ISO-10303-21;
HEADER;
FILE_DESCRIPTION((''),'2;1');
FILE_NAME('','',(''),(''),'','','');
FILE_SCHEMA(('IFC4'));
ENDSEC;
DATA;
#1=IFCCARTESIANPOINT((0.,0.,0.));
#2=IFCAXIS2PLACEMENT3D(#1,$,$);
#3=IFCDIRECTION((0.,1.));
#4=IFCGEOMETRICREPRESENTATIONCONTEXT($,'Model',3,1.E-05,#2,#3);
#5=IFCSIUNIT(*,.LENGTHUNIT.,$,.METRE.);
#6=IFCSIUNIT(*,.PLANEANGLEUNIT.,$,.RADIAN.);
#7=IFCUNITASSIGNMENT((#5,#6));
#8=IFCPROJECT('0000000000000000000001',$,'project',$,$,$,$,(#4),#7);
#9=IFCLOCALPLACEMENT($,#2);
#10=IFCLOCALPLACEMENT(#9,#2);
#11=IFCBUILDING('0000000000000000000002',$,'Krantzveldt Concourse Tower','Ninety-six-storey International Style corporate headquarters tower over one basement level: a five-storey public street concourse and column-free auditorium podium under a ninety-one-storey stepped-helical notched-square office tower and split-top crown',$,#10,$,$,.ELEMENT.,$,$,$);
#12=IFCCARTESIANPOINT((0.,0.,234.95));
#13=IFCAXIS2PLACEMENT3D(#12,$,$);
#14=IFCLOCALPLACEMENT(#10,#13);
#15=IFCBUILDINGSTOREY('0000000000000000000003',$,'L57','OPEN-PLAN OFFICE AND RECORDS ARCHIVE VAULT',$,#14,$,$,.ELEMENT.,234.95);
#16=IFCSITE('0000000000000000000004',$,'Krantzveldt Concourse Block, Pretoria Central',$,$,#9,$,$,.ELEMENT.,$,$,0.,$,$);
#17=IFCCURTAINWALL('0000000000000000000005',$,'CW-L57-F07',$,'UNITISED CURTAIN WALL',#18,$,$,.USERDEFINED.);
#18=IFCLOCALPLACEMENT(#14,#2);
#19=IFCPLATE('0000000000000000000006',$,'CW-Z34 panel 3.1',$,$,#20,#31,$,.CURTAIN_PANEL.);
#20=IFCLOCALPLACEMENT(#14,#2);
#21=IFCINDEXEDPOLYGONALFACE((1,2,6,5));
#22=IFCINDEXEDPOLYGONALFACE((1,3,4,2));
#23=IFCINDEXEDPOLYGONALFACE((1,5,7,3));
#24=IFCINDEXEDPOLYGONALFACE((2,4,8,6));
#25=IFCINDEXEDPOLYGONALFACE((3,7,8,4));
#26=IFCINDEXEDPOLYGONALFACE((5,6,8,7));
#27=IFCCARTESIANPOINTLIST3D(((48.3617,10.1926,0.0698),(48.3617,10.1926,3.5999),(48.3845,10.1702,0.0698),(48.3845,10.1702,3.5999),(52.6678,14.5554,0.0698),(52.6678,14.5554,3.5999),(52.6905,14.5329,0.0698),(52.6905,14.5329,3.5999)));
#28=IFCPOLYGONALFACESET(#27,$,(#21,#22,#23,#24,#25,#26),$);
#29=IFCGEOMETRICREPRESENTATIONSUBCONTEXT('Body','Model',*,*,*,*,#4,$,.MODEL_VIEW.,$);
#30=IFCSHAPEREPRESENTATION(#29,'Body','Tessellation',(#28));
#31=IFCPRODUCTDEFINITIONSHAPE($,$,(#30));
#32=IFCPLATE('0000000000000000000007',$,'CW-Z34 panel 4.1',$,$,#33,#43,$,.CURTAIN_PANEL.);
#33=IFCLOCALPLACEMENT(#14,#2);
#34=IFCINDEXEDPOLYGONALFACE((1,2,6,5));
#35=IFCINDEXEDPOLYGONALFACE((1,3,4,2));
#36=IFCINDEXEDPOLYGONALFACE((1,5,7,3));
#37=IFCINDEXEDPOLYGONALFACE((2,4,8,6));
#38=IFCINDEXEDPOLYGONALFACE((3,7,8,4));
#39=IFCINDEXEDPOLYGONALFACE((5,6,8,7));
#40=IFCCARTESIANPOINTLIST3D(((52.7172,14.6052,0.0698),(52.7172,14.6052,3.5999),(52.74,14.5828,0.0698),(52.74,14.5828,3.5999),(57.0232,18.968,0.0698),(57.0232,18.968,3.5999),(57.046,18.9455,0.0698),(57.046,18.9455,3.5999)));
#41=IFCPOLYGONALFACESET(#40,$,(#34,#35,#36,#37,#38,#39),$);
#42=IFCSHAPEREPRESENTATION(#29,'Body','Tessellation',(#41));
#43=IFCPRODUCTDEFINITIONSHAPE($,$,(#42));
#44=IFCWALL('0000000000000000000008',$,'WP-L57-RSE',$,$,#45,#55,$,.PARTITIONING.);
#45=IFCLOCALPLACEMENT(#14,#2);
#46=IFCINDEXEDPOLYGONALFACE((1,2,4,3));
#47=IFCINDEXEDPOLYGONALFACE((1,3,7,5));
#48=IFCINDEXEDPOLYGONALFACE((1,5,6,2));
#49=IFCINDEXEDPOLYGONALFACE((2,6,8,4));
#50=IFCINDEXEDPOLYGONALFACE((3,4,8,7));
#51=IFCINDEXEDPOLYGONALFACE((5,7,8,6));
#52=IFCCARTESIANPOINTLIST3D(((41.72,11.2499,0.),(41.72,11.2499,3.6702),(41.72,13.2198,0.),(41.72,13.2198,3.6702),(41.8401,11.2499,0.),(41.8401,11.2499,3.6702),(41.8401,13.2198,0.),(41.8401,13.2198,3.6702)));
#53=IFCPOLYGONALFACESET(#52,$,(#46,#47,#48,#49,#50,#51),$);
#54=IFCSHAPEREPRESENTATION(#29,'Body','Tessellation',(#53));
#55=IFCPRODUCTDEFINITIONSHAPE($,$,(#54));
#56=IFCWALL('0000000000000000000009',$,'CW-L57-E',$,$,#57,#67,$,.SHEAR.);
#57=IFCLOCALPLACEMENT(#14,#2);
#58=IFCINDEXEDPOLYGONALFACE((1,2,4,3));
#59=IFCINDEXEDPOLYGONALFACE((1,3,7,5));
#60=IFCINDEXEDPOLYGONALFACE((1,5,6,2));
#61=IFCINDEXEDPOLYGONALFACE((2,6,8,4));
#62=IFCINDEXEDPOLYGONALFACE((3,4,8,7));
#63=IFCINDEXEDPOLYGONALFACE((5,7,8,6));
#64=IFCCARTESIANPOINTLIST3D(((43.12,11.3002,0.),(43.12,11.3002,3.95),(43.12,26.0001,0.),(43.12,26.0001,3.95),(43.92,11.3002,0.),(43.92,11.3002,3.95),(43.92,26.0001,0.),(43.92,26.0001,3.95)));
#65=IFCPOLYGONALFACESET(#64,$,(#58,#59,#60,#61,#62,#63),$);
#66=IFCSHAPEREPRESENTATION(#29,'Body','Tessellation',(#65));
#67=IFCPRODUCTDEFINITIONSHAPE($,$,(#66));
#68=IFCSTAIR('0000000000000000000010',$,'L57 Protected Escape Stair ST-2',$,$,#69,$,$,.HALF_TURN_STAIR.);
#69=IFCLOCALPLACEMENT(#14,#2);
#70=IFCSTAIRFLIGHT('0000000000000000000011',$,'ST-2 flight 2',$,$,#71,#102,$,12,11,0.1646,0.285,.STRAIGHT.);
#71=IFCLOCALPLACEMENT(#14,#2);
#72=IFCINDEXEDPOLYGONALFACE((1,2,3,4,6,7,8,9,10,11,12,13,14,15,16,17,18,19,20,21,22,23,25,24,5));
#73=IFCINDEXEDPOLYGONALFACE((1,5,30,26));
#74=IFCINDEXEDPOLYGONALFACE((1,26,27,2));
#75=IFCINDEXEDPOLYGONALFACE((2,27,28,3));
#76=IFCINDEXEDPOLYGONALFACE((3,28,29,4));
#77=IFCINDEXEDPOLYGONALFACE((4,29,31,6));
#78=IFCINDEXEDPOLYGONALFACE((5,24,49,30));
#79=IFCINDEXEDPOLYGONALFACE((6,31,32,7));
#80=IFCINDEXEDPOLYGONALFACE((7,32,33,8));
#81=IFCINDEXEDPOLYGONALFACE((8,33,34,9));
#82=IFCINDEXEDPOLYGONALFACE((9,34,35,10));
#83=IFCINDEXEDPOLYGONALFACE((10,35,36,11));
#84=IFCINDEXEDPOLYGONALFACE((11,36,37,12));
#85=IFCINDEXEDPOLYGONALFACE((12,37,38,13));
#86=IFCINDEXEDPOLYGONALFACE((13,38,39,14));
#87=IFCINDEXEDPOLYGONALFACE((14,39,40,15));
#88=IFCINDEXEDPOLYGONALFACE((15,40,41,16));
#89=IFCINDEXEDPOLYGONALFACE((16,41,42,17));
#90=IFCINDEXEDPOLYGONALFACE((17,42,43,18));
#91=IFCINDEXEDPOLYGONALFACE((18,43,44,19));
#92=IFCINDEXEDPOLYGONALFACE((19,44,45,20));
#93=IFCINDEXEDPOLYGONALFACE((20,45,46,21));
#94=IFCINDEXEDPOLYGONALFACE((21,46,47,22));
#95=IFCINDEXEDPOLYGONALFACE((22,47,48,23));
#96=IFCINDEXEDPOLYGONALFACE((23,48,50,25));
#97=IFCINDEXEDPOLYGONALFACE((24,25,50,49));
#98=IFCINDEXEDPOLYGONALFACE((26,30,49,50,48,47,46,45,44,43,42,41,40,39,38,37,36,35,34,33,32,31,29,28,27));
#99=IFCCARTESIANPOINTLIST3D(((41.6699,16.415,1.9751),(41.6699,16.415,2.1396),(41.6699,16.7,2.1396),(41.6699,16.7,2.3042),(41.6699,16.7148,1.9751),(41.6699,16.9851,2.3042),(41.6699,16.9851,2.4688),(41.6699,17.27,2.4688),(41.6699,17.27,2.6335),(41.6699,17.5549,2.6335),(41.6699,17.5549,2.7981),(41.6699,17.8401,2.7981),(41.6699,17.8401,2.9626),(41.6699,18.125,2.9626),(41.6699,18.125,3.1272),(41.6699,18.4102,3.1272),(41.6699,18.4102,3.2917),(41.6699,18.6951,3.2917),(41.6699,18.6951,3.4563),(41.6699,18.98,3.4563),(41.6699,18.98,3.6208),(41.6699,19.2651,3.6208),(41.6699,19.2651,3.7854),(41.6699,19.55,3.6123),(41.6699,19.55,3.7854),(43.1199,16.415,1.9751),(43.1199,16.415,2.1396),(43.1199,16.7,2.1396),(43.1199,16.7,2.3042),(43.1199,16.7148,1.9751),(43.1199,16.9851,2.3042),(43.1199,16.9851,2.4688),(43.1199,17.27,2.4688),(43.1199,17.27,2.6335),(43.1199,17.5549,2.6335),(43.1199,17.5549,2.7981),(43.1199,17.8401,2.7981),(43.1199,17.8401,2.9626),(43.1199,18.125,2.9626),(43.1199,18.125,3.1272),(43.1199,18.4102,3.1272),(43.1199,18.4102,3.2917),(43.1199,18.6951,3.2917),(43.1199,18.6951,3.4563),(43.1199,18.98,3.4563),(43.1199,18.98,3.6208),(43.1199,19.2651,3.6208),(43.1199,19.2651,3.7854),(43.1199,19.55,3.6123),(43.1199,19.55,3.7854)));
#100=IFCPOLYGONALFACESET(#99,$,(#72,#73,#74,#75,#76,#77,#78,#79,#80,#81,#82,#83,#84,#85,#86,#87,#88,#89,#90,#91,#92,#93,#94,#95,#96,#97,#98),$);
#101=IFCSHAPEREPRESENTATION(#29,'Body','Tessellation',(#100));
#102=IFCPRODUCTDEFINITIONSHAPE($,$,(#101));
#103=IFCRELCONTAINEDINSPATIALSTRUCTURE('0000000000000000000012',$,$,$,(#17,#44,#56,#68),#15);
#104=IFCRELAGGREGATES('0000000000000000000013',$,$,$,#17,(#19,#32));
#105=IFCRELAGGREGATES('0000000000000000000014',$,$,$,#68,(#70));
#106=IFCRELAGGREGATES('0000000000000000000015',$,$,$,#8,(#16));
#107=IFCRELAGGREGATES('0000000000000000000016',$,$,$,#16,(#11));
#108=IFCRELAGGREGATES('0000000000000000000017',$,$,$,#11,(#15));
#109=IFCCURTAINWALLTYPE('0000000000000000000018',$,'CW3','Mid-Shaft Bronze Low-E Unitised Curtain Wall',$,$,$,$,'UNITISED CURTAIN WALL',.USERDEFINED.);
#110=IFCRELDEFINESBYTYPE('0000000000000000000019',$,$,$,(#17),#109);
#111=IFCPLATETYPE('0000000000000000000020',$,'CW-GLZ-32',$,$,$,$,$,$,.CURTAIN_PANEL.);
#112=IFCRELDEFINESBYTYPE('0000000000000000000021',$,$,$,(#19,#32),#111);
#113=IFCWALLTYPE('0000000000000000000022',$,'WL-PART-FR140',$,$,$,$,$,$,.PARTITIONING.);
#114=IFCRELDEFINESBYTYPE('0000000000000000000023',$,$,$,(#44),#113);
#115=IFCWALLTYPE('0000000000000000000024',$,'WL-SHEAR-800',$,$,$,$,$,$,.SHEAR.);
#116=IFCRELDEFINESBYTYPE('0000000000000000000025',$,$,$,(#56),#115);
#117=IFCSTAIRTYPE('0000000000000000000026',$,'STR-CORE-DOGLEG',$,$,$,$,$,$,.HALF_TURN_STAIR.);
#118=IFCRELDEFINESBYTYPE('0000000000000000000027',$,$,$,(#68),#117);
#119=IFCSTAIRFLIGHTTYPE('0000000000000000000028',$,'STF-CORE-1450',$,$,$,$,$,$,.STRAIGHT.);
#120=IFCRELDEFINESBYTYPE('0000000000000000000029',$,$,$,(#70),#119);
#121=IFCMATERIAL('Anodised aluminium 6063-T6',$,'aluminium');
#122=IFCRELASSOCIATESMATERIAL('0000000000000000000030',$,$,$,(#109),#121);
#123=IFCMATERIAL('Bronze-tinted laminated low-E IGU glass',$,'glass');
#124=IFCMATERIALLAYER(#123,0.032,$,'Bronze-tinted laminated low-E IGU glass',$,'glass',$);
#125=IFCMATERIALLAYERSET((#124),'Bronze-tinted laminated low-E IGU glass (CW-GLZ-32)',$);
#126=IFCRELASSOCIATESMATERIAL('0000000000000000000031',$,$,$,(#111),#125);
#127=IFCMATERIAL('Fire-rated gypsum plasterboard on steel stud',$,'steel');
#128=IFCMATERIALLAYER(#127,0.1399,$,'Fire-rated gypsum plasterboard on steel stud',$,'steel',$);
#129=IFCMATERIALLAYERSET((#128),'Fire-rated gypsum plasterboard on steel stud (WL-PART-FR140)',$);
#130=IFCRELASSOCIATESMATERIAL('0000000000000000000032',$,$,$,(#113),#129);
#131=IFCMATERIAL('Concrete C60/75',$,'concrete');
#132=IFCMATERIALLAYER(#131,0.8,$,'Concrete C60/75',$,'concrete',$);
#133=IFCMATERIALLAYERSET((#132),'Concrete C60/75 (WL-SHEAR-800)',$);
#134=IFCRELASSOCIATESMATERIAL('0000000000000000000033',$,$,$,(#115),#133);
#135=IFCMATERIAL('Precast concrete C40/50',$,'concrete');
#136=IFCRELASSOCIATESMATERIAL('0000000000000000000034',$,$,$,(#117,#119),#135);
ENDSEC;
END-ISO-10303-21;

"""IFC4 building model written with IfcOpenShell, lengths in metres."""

from ifc_helpers import new_model, si_unit, direction, frame, frame_2d, origin, origin_2d, place, context, subcontext, project, spatial, polyline, rectangle, outline, extrude, source, transform, mapped, material, layer, layer_set, type_object, element, aggregate, save


model = new_model("IFC4")

# Units and contexts
model_context = context("Model", 3, precision=1e-05, world=origin(), true_north=direction((0.0, 1.0)))
body_context = subcontext(model_context, "Body", "Model", "MODEL_VIEW")
ifc_project = project(units=[si_unit("LENGTHUNIT", "METRE"), si_unit("PLANEANGLEUNIT", "RADIAN")], contexts=[model_context])

# Site, building, storey
site_placement = place(None, origin())
site = spatial("IfcSite", under=ifc_project, at=site_placement, Name="Krantzveldt Concourse Block, Pretoria Central", CompositionType="ELEMENT", RefElevation=0.0)
building_placement = place(site_placement, origin())
building = spatial("IfcBuilding", under=site, at=building_placement, Name="Krantzveldt Concourse Tower", Description="Ninety-six-storey International Style corporate headquarters tower over one basement level: a five-storey public street concourse and column-free auditorium podium under a ninety-one-storey stepped-helical notched-square office tower and split-top crown", CompositionType="ELEMENT")
storey_placement = place(building_placement, frame((0.0, 0.0, 234.95)))
storey = spatial("IfcBuildingStorey", under=building, at=storey_placement, Name="L57", Description="OPEN-PLAN OFFICE AND RECORDS ARCHIVE VAULT", CompositionType="ELEMENT", Elevation=234.95)

# Curtain wall, plates
ifc_material_1 = material(Name="Anodised aluminium 6063-T6", Category="aluminium")
curtain_wall_type = type_object("IfcCurtainWallType", Name="CW3", Description="Mid-Shaft Bronze Low-E Unitised Curtain Wall", ElementType="UNITISED CURTAIN WALL", PredefinedType="USERDEFINED", material=ifc_material_1)
curtain_wall_placement = place(storey_placement, origin())
curtain_wall = element("IfcCurtainWall", 1, at=curtain_wall_placement, inside=storey, type_object=curtain_wall_type, Name="CW-L57-F07", ObjectType="UNITISED CURTAIN WALL", PredefinedType="USERDEFINED")
ifc_material_2 = material(Name="Bronze-tinted laminated low-E IGU glass", Category="glass")
ifc_layer_1 = layer(ifc_material_2, 0.032, Name="Bronze-tinted laminated low-E IGU glass", Category="glass")
ifc_layer_set_1 = layer_set([ifc_layer_1], Name="Bronze-tinted laminated low-E IGU glass (CW-GLZ-32)")
plate_type = type_object("IfcPlateType", Name="CW-GLZ-32", PredefinedType="CURTAIN_PANEL", material=ifc_layer_set_1)
shared_shape_1 = source(origin(), body_context, "Body", "SweptSolid", [
    extrude(rectangle(XDim=6.1299, YDim=0.032, at=origin_2d()), origin(), (0.0, 0.0, 1.0), 3.53),
])
plate_1_placement = place(storey_placement, frame((50.5261, 12.3628, 0.0698), z_axis=(0.0, 0.0, 1.0), x_axis=(0.702464, 0.71172, 0.0)))
plate_1 = element("IfcPlate", 2, at=plate_1_placement, type_object=plate_type, Name="CW-Z34 panel 3.1", PredefinedType="CURTAIN_PANEL", context=body_context, shape_type="MappedRepresentation", body=[
    mapped(shared_shape_1, transform((0.0, 0.0, 0.0), x_axis=(1.0, 0.0, 0.0), y_axis=(0.0, 1.0, 0.0), z_axis=(0.0, 0.0, 1.0), scale=1.0)),
])
plate_2_placement = place(storey_placement, frame((54.8816, 16.7754, 0.0698), z_axis=(0.0, 0.0, 1.0), x_axis=(0.702464, 0.71172, 0.0)))
plate_2 = element("IfcPlate", 3, at=plate_2_placement, type_object=plate_type, Name="CW-Z34 panel 4.1", PredefinedType="CURTAIN_PANEL", context=body_context, shape_type="MappedRepresentation", body=[
    mapped(shared_shape_1, transform((0.0, 0.0, 0.0), x_axis=(1.0, 0.0, 0.0), y_axis=(0.0, 1.0, 0.0), z_axis=(0.0, 0.0, 1.0), scale=1.0)),
])
aggregate(curtain_wall, [plate_1, plate_2])

# Walls
ifc_material_3 = material(Name="Fire-rated gypsum plasterboard on steel stud", Category="steel")
ifc_layer_2 = layer(ifc_material_3, 0.1399, Name="Fire-rated gypsum plasterboard on steel stud", Category="steel")
ifc_layer_set_2 = layer_set([ifc_layer_2], Name="Fire-rated gypsum plasterboard on steel stud (WL-PART-FR140)")
wall_type_1 = type_object("IfcWallType", Name="WL-PART-FR140", PredefinedType="PARTITIONING", material=ifc_layer_set_2)
wall_1_placement = place(storey_placement, frame((41.78, 11.25, 0.0), z_axis=(0.0, 0.0, 1.0), x_axis=(0.0, 1.0, 0.0)))
element("IfcWall", 4, at=wall_1_placement, inside=storey, type_object=wall_type_1, Name="WP-L57-RSE", PredefinedType="PARTITIONING", context=body_context, shape_type="SweptSolid", body=[
    extrude(rectangle(XDim=1.97, YDim=0.1201, at=frame_2d((0.9849, 0.0))), origin(), (0.0, 0.0, 1.0), 3.6702),
])
ifc_material_4 = material(Name="Concrete C60/75", Category="concrete")
ifc_layer_3 = layer(ifc_material_4, 0.8, Name="Concrete C60/75", Category="concrete")
ifc_layer_set_3 = layer_set([ifc_layer_3], Name="Concrete C60/75 (WL-SHEAR-800)")
wall_type_2 = type_object("IfcWallType", Name="WL-SHEAR-800", PredefinedType="SHEAR", material=ifc_layer_set_3)
wall_2_placement = place(storey_placement, frame((43.52, 11.3, 0.0), z_axis=(0.0, 0.0, 1.0), x_axis=(0.0, 1.0, 0.0)))
element("IfcWall", 5, at=wall_2_placement, inside=storey, type_object=wall_type_2, Name="CW-L57-E", PredefinedType="SHEAR", context=body_context, shape_type="SweptSolid", body=[
    extrude(rectangle(XDim=14.7, YDim=0.8, at=frame_2d((7.3501, 0.0))), origin(), (0.0, 0.0, 1.0), 3.95),
])

# Stair, stair flight
ifc_material_5 = material(Name="Precast concrete C40/50", Category="concrete")
stair_type = type_object("IfcStairType", Name="STR-CORE-DOGLEG", PredefinedType="HALF_TURN_STAIR", material=ifc_material_5)
stair_placement = place(storey_placement, origin())
stair = element("IfcStair", 6, at=stair_placement, inside=storey, type_object=stair_type, Name="L57 Protected Escape Stair ST-2", PredefinedType="HALF_TURN_STAIR")
stair_flight_type = type_object("IfcStairFlightType", Name="STF-CORE-1450", PredefinedType="STRAIGHT", material=ifc_material_5)
stair_flight_placement = place(storey_placement, frame((42.395, 16.415, 1.9751), z_axis=(0.0, 0.0, 1.0), x_axis=(0.0, 1.0, 0.0)))
stair_flight = element("IfcStairFlight", 7, at=stair_flight_placement, type_object=stair_flight_type, Name="ST-2 flight 2", NumberOfRisers=12, NumberOfTreads=11, PredefinedType="STRAIGHT", RiserHeight=0.1646, TreadLength=0.285, context=body_context, shape_type="SweptSolid", body=[
    extrude(outline(polyline([(0.0, 0.0), (0.0, 0.1646), (0.2849, 0.1646), (0.2849, 0.3291), (0.5701, 0.3291), (0.5701, 0.4937), (0.855, 0.4937), (0.855, 0.6584), (1.1399, 0.6584), (1.1399, 0.823), (1.425, 0.823), (1.425, 0.9875), (1.71, 0.9875), (1.71, 1.1521), (1.9951, 1.1521), (1.9951, 1.3167), (2.28, 1.3167), (2.28, 1.4812), (2.5649, 1.4812), (2.5649, 1.6458), (2.8501, 1.6458), (2.8501, 1.8103), (3.135, 1.8103), (3.135, 1.9751), (3.135, 1.6372), (0.2998, 0.0), (0.0, 0.0)])), frame((0.0, 0.7251, 0.0), z_axis=(0.0, -1.0, 0.0), x_axis=(1.0, 0.0, 0.0)), (0.0, 0.0, 1.0), 1.45),
])
aggregate(stair, [stair_flight])

save(model, "model.ifc")
